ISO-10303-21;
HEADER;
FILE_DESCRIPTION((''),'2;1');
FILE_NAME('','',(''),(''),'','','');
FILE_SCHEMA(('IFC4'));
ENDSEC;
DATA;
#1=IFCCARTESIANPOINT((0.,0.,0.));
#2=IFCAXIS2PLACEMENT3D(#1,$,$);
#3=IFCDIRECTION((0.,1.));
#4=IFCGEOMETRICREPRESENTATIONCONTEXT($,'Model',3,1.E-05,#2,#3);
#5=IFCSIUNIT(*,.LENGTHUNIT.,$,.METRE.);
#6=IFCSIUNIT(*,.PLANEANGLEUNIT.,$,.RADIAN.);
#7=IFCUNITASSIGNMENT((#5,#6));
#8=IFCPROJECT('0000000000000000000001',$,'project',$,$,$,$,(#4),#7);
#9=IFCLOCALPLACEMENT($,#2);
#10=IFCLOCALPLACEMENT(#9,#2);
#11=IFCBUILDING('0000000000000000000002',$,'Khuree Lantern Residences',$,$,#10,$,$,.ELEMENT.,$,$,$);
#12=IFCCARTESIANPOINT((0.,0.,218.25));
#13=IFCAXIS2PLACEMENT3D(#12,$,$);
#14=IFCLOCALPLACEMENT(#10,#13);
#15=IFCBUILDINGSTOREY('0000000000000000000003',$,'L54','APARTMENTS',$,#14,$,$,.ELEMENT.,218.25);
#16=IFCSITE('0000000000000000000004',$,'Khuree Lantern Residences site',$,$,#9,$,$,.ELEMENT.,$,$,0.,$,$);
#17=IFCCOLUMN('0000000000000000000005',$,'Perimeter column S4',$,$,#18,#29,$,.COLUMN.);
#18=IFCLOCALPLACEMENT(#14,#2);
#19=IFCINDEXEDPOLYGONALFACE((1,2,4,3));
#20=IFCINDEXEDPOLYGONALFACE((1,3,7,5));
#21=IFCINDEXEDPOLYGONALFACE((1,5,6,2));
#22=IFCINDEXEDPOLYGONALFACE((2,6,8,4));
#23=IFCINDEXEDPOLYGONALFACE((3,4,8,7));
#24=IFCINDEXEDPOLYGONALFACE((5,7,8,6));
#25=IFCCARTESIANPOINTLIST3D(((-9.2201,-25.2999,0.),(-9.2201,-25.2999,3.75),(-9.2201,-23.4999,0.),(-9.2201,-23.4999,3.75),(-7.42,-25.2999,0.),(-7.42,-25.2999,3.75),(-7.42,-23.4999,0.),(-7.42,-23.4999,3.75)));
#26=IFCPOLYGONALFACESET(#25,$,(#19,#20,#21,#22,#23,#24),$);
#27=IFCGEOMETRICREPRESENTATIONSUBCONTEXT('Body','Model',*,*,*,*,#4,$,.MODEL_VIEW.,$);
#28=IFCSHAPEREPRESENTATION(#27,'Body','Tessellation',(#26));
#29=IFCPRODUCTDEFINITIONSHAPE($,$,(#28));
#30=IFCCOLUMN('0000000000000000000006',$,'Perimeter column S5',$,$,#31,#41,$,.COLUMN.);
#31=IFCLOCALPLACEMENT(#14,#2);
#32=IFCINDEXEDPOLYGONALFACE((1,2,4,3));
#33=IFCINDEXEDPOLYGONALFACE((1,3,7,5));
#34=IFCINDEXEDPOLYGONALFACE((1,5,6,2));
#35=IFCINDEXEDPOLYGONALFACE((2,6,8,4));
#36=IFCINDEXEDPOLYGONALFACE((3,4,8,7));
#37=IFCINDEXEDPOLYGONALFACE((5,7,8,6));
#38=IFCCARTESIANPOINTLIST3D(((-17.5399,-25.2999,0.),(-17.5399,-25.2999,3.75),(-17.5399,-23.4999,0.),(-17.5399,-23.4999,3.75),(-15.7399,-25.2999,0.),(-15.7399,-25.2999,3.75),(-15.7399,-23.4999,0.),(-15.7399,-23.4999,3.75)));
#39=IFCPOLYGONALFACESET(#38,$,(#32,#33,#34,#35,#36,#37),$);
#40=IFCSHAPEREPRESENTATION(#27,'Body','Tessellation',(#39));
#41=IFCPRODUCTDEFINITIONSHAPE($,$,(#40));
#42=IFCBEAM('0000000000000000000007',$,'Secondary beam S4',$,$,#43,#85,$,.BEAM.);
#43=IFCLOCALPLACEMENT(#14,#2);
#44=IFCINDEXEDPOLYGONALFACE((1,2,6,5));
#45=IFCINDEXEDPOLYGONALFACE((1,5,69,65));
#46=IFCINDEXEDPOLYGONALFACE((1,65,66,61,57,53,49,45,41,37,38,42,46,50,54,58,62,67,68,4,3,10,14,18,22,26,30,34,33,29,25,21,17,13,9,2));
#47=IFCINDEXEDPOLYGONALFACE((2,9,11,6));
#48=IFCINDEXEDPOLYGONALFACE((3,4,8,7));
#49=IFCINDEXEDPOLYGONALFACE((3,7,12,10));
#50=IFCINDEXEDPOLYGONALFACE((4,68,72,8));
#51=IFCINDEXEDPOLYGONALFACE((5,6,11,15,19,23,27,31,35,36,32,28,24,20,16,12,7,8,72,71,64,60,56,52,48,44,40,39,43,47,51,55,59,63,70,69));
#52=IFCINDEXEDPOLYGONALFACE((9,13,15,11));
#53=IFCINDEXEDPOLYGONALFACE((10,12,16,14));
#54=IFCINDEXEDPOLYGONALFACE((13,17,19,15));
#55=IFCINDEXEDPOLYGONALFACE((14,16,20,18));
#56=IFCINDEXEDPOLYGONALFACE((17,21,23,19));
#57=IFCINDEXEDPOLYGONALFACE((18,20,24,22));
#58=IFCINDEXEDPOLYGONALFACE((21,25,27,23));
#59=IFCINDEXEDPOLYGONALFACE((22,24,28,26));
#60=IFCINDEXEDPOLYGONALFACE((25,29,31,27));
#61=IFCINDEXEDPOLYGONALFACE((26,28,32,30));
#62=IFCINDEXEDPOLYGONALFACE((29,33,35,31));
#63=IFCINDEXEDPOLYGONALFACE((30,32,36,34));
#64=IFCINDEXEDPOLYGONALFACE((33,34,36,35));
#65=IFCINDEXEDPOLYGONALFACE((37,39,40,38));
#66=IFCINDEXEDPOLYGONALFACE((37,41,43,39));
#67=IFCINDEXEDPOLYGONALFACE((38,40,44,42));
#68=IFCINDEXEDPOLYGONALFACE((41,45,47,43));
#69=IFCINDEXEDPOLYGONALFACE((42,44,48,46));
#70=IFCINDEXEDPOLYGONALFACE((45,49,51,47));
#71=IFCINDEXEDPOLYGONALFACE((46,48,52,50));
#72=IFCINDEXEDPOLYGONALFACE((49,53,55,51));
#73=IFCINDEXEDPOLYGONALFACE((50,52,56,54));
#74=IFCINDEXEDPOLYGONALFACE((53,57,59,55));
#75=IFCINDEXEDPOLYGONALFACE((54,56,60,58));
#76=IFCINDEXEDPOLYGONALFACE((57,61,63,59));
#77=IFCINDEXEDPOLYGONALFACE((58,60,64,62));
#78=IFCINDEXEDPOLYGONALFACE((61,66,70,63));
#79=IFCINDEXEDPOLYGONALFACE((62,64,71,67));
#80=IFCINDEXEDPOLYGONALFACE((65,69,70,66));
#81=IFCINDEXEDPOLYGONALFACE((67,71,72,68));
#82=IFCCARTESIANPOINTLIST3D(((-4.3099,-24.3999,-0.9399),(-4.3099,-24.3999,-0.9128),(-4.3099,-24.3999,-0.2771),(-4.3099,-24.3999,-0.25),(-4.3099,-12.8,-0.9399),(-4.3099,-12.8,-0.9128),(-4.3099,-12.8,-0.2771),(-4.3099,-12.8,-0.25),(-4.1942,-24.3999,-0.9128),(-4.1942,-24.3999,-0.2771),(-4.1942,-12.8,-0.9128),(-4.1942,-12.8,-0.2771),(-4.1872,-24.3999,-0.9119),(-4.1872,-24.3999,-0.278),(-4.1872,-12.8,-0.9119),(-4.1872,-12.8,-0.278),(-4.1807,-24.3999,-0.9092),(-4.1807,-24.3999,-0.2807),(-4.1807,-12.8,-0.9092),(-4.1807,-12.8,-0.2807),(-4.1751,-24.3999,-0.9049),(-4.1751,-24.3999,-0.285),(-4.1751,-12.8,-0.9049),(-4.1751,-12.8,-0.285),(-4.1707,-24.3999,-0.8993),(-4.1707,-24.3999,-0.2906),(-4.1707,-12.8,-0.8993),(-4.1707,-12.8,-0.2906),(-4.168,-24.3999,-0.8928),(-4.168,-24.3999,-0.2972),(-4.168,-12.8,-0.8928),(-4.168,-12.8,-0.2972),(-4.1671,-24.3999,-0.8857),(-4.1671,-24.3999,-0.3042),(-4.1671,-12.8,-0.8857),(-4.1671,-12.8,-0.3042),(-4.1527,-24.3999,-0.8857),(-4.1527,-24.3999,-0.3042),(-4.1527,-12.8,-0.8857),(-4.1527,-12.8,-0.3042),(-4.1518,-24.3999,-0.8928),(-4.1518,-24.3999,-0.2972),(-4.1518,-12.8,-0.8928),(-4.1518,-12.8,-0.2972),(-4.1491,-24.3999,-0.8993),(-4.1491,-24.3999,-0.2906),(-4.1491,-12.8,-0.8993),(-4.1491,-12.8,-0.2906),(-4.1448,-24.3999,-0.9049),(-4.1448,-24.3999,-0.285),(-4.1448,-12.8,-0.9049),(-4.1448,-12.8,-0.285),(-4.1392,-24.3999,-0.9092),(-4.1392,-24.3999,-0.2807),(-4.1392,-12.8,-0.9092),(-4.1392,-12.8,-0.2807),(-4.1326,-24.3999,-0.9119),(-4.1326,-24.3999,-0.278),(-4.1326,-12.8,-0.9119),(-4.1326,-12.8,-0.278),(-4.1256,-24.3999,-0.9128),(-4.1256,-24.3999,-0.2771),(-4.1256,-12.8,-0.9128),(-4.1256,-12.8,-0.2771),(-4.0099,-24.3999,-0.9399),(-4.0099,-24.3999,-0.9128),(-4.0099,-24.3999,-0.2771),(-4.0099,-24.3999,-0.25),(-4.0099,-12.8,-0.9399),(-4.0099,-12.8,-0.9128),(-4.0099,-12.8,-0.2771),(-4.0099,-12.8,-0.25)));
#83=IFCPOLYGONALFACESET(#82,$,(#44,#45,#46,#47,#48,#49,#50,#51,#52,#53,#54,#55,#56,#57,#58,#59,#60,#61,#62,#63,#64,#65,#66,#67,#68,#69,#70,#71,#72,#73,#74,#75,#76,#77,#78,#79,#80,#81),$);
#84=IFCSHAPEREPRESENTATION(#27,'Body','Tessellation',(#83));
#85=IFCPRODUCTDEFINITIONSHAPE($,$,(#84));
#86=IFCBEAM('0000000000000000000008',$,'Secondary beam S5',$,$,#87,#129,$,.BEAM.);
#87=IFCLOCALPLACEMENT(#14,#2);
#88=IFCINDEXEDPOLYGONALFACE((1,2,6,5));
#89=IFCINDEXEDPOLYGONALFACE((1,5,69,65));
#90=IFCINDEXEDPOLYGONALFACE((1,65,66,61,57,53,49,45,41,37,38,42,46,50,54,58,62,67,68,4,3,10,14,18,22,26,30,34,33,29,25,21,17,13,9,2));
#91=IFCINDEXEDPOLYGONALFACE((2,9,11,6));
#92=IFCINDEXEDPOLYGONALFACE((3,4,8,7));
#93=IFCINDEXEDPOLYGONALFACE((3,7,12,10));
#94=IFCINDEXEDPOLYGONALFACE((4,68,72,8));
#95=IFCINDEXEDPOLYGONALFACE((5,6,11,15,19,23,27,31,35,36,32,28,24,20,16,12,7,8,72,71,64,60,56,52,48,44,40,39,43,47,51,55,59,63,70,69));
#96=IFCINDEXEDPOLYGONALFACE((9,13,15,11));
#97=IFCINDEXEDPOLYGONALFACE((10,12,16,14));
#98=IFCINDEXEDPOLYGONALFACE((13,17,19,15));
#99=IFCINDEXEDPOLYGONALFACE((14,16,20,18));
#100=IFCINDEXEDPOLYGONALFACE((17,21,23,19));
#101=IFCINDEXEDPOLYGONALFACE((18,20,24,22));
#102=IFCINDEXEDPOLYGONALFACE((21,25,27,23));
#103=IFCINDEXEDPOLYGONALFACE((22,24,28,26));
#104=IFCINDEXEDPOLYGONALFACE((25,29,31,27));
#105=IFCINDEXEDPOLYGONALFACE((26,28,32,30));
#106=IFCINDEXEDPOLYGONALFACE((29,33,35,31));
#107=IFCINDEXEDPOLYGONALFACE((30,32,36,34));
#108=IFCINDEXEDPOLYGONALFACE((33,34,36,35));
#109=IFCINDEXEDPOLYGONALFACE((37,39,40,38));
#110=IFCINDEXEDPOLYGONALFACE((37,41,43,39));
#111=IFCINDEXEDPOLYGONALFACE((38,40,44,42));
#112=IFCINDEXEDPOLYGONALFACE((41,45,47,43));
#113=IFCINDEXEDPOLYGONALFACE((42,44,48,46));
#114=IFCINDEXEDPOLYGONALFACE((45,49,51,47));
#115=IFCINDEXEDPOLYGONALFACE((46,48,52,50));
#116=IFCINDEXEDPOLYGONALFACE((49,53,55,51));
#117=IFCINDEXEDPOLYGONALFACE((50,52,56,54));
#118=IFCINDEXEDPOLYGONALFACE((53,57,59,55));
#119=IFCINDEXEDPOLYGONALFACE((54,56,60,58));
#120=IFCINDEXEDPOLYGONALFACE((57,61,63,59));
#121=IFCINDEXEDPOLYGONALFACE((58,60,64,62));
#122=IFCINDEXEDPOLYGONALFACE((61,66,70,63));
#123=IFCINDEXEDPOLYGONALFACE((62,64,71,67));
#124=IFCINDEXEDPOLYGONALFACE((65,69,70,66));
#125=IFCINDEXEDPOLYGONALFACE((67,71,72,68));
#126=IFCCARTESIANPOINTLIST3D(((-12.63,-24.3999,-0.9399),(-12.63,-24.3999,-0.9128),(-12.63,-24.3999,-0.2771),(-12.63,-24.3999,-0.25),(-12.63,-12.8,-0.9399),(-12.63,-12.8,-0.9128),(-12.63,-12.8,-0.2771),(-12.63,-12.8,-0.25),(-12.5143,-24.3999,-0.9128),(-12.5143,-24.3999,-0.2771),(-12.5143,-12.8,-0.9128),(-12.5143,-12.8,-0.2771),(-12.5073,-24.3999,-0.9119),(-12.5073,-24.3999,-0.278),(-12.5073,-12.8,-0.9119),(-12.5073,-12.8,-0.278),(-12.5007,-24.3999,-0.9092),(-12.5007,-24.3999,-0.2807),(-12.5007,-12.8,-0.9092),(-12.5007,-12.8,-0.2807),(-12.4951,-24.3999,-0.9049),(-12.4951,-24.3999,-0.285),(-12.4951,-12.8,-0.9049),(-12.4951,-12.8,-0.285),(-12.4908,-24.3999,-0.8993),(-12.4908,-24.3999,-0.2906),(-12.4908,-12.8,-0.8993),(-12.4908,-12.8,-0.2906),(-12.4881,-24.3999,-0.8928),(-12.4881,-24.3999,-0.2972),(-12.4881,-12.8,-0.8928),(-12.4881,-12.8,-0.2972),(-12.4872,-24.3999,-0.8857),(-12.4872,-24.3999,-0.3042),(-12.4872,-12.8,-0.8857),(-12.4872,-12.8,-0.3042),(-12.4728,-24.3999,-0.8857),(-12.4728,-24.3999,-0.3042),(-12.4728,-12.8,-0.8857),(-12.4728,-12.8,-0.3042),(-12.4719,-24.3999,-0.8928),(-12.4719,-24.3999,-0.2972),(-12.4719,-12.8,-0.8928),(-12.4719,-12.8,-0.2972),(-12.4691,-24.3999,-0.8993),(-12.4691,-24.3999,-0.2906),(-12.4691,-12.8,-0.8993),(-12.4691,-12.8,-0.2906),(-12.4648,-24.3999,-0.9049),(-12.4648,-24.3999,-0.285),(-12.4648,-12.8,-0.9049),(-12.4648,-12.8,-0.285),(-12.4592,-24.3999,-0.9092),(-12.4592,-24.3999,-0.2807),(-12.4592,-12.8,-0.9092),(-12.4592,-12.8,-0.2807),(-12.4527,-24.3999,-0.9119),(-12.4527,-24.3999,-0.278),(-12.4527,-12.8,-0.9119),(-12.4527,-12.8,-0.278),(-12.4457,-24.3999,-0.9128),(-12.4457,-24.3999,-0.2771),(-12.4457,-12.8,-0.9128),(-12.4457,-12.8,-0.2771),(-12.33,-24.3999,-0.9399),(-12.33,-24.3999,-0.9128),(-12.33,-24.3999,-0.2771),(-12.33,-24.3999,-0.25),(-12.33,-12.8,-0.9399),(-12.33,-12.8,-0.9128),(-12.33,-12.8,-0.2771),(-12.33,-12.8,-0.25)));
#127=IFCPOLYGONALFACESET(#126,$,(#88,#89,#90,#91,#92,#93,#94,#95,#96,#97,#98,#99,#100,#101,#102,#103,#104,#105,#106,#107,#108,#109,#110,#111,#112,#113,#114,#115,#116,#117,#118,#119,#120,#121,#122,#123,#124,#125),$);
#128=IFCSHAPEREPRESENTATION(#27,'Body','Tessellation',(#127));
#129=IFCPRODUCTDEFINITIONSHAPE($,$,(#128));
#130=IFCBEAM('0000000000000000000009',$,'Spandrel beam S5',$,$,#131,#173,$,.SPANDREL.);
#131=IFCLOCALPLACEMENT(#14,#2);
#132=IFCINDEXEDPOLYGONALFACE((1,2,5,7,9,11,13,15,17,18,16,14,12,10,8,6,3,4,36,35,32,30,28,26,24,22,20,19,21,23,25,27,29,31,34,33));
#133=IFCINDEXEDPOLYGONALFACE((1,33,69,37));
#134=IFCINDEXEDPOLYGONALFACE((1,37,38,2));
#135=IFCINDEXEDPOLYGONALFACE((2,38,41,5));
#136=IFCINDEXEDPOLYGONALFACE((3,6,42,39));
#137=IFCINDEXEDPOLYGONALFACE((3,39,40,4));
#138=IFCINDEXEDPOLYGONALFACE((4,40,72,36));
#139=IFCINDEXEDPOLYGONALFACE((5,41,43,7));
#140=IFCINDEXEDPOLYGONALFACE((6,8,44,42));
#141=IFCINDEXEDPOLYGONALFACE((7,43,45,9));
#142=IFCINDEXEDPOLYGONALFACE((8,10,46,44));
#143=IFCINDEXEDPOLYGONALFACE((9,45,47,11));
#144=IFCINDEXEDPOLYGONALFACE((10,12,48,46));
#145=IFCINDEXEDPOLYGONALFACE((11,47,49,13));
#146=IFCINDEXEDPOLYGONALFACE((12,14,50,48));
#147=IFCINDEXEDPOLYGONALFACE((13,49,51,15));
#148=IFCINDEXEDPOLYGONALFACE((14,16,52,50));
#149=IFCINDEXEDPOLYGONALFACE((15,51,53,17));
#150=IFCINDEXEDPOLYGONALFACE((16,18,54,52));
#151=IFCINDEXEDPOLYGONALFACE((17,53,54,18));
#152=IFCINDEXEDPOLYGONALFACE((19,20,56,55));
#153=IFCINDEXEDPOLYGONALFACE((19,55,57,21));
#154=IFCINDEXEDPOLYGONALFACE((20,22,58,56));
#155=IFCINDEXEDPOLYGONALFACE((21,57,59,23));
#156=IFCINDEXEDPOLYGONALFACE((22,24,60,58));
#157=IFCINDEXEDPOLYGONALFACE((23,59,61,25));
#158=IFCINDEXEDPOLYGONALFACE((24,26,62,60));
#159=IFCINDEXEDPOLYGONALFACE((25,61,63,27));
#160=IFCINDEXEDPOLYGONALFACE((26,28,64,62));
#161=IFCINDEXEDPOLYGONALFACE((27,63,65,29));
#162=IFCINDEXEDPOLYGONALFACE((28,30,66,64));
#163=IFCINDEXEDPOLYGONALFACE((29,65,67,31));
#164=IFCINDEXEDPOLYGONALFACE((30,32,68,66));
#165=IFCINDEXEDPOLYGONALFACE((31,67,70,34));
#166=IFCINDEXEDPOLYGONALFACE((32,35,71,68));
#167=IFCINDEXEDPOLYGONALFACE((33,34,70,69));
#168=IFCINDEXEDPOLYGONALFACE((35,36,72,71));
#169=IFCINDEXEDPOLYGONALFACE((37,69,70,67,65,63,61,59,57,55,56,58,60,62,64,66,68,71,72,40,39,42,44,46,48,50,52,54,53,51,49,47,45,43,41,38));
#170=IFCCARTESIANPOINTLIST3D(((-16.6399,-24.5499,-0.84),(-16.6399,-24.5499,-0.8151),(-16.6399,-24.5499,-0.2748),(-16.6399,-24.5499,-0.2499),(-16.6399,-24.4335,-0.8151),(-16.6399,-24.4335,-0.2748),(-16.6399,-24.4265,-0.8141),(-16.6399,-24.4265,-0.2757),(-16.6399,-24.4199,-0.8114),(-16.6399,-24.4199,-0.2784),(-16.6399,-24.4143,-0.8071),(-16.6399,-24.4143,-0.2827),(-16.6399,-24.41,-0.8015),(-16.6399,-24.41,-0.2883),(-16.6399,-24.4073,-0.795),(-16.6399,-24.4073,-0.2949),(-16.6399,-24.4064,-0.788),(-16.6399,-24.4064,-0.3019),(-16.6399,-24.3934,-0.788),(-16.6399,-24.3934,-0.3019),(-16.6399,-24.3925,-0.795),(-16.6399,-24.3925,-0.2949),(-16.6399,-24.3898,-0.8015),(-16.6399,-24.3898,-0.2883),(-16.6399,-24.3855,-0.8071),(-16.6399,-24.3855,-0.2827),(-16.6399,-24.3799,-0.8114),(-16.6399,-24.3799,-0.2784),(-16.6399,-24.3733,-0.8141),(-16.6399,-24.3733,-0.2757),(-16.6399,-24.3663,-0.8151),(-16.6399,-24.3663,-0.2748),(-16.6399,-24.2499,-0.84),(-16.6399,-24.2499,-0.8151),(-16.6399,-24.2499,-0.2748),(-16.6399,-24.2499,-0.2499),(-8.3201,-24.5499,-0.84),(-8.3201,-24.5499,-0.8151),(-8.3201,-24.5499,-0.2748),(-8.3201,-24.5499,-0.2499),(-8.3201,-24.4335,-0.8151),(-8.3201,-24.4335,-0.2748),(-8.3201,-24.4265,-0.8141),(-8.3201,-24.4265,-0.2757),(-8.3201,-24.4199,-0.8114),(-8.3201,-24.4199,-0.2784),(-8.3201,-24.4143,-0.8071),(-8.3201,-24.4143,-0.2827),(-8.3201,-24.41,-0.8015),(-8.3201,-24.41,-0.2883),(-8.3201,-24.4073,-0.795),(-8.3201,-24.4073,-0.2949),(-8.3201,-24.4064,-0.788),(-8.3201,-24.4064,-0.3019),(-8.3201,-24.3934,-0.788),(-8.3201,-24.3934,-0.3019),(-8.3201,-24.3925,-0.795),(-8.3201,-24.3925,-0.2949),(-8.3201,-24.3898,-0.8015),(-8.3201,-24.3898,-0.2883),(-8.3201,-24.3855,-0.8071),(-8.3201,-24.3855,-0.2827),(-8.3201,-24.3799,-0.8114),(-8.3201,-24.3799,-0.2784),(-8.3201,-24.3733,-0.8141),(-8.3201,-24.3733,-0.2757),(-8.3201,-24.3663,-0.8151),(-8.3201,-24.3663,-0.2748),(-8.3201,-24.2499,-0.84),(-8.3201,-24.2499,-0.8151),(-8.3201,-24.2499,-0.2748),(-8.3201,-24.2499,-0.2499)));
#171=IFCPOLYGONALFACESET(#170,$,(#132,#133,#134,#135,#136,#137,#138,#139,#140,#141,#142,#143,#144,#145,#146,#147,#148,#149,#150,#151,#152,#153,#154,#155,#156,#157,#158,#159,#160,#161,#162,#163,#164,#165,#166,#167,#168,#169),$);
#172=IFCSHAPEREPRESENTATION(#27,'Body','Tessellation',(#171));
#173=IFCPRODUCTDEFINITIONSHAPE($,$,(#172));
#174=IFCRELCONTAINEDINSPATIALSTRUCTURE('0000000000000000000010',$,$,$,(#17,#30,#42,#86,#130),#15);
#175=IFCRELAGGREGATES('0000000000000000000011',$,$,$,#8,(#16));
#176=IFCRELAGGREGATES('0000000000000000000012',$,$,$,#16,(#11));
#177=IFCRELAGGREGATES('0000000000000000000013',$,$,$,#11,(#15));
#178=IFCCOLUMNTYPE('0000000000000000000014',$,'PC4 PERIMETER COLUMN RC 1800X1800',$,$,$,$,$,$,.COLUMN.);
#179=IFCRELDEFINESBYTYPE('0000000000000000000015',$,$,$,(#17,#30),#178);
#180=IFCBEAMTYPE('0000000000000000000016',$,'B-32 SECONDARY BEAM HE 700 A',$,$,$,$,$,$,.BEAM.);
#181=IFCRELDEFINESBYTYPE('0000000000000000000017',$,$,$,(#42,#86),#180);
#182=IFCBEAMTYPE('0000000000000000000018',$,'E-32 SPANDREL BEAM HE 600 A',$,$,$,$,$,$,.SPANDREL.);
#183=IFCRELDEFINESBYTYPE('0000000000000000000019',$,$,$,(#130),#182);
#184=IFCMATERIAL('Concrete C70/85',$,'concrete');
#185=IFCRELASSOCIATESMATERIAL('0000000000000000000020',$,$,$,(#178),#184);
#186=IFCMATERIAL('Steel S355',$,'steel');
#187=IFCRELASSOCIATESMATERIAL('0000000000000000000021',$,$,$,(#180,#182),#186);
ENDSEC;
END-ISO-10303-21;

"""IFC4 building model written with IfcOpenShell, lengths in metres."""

from ifc_helpers import new_model, si_unit, direction, frame, origin, origin_2d, place, context, subcontext, project, spatial, rectangle, i_section, extrude, material, material_profile, profile_set, type_object, element, save


model = new_model("IFC4")

# Units and contexts
model_context = context("Model", 3, precision=1e-05, world=origin(), true_north=direction((0.0, 1.0)))
body_context = subcontext(model_context, "Body", "Model", "MODEL_VIEW")
ifc_project = project(units=[si_unit("LENGTHUNIT", "METRE"), si_unit("PLANEANGLEUNIT", "RADIAN")], contexts=[model_context])

# Site, building, storey
site_placement = place(None, origin())
site = spatial("IfcSite", under=ifc_project, at=site_placement, Name="Khuree Lantern Residences site", CompositionType="ELEMENT", RefElevation=0.0)
building_placement = place(site_placement, origin())
building = spatial("IfcBuilding", under=site, at=building_placement, Name="Khuree Lantern Residences", CompositionType="ELEMENT")
storey_placement = place(building_placement, frame((0.0, 0.0, 218.25)))
storey = spatial("IfcBuildingStorey", under=building, at=storey_placement, Name="L54", Description="APARTMENTS", CompositionType="ELEMENT", Elevation=218.25)

# Columns
ifc_material_1 = material(Name="Concrete C70/85", Category="concrete")
ifc_material_profile_1 = material_profile(ifc_material_1, rectangle(XDim=1.8, YDim=1.8, at=origin_2d()), Name="RC 1800X1800")
ifc_profile_set_1 = profile_set([ifc_material_profile_1], Name="Concrete C70/85")
column_type = type_object("IfcColumnType", Name="PC4 PERIMETER COLUMN RC 1800X1800", PredefinedType="COLUMN", material=ifc_profile_set_1)
for number, where, z_axis, x_axis, name in (
    (1, (-8.3201, -24.3999, 0.0), (0.0, 0.0, 1.0), (1.0, 0.0, 0.0), "Perimeter column S4"),
    (2, (-16.6399, -24.3999, 0.0), (0.0, 0.0, 1.0), (1.0, 0.0, 0.0), "Perimeter column S5"),
):
    element("IfcColumn", number, at=place(storey_placement, frame(where, z_axis=z_axis, x_axis=x_axis)), inside=storey, type_object=column_type, Name=name, PredefinedType="COLUMN", context=body_context, shape_type="SweptSolid", body=[
        extrude(rectangle(XDim=1.8, YDim=1.8, at=origin_2d()), origin(), (0.0, 0.0, 1.0), 3.75),
    ])

# Beams
ifc_material_2 = material(Name="Steel S355", Category="steel")
ifc_material_profile_2 = material_profile(ifc_material_2, i_section(OverallWidth=0.3, OverallDepth=0.6899, WebThickness=0.0144, FlangeThickness=0.0271, FilletRadius=0.0271, at=origin_2d()), Name="HE 700 A")
ifc_profile_set_2 = profile_set([ifc_material_profile_2], Name="Steel S355")
beam_type_1 = type_object("IfcBeamType", Name="B-32 SECONDARY BEAM HE 700 A", PredefinedType="BEAM", material=ifc_profile_set_2)
for number, where, z_axis, x_axis, name in (
    (3, (-4.1599, -24.3999, -0.595), (0.0, 1.0, 0.0), (-1.0, 0.0, 0.0), "Secondary beam S4"),
    (4, (-12.48, -24.3999, -0.595), (0.0, 1.0, 0.0), (-1.0, 0.0, 0.0), "Secondary beam S5"),
):
    element("IfcBeam", number, at=place(storey_placement, frame(where, z_axis=z_axis, x_axis=x_axis)), inside=storey, type_object=beam_type_1, Name=name, PredefinedType="BEAM", context=body_context, shape_type="SweptSolid", body=[
        extrude(i_section(OverallWidth=0.3, OverallDepth=0.6899, WebThickness=0.0144, FlangeThickness=0.0271, FilletRadius=0.0271, at=origin_2d()), origin(), (0.0, 0.0, 1.0), 11.5999),
    ])
ifc_material_profile_3 = material_profile(ifc_material_2, i_section(OverallWidth=0.3, OverallDepth=0.5901, WebThickness=0.0129, FlangeThickness=0.0249, FilletRadius=0.0271, at=origin_2d()), Name="HE 600 A")
ifc_profile_set_3 = profile_set([ifc_material_profile_3], Name="Steel S355")
beam_type_2 = type_object("IfcBeamType", Name="E-32 SPANDREL BEAM HE 600 A", PredefinedType="SPANDREL", material=ifc_profile_set_3)
beam_1_placement = place(storey_placement, frame((-8.3201, -24.3999, -0.5449), z_axis=(-1.0, 0.0, 0.0), x_axis=(0.0, -1.0, 0.0)))
element("IfcBeam", 5, at=beam_1_placement, inside=storey, type_object=beam_type_2, Name="Spandrel beam S5", PredefinedType="SPANDREL", context=body_context, shape_type="SweptSolid", body=[
    extrude(i_section(OverallWidth=0.3, OverallDepth=0.5901, WebThickness=0.0129, FlangeThickness=0.0249, FilletRadius=0.0271, at=origin_2d()), origin(), (0.0, 0.0, 1.0), 8.3198),
])

save(model, "model.ifc")
